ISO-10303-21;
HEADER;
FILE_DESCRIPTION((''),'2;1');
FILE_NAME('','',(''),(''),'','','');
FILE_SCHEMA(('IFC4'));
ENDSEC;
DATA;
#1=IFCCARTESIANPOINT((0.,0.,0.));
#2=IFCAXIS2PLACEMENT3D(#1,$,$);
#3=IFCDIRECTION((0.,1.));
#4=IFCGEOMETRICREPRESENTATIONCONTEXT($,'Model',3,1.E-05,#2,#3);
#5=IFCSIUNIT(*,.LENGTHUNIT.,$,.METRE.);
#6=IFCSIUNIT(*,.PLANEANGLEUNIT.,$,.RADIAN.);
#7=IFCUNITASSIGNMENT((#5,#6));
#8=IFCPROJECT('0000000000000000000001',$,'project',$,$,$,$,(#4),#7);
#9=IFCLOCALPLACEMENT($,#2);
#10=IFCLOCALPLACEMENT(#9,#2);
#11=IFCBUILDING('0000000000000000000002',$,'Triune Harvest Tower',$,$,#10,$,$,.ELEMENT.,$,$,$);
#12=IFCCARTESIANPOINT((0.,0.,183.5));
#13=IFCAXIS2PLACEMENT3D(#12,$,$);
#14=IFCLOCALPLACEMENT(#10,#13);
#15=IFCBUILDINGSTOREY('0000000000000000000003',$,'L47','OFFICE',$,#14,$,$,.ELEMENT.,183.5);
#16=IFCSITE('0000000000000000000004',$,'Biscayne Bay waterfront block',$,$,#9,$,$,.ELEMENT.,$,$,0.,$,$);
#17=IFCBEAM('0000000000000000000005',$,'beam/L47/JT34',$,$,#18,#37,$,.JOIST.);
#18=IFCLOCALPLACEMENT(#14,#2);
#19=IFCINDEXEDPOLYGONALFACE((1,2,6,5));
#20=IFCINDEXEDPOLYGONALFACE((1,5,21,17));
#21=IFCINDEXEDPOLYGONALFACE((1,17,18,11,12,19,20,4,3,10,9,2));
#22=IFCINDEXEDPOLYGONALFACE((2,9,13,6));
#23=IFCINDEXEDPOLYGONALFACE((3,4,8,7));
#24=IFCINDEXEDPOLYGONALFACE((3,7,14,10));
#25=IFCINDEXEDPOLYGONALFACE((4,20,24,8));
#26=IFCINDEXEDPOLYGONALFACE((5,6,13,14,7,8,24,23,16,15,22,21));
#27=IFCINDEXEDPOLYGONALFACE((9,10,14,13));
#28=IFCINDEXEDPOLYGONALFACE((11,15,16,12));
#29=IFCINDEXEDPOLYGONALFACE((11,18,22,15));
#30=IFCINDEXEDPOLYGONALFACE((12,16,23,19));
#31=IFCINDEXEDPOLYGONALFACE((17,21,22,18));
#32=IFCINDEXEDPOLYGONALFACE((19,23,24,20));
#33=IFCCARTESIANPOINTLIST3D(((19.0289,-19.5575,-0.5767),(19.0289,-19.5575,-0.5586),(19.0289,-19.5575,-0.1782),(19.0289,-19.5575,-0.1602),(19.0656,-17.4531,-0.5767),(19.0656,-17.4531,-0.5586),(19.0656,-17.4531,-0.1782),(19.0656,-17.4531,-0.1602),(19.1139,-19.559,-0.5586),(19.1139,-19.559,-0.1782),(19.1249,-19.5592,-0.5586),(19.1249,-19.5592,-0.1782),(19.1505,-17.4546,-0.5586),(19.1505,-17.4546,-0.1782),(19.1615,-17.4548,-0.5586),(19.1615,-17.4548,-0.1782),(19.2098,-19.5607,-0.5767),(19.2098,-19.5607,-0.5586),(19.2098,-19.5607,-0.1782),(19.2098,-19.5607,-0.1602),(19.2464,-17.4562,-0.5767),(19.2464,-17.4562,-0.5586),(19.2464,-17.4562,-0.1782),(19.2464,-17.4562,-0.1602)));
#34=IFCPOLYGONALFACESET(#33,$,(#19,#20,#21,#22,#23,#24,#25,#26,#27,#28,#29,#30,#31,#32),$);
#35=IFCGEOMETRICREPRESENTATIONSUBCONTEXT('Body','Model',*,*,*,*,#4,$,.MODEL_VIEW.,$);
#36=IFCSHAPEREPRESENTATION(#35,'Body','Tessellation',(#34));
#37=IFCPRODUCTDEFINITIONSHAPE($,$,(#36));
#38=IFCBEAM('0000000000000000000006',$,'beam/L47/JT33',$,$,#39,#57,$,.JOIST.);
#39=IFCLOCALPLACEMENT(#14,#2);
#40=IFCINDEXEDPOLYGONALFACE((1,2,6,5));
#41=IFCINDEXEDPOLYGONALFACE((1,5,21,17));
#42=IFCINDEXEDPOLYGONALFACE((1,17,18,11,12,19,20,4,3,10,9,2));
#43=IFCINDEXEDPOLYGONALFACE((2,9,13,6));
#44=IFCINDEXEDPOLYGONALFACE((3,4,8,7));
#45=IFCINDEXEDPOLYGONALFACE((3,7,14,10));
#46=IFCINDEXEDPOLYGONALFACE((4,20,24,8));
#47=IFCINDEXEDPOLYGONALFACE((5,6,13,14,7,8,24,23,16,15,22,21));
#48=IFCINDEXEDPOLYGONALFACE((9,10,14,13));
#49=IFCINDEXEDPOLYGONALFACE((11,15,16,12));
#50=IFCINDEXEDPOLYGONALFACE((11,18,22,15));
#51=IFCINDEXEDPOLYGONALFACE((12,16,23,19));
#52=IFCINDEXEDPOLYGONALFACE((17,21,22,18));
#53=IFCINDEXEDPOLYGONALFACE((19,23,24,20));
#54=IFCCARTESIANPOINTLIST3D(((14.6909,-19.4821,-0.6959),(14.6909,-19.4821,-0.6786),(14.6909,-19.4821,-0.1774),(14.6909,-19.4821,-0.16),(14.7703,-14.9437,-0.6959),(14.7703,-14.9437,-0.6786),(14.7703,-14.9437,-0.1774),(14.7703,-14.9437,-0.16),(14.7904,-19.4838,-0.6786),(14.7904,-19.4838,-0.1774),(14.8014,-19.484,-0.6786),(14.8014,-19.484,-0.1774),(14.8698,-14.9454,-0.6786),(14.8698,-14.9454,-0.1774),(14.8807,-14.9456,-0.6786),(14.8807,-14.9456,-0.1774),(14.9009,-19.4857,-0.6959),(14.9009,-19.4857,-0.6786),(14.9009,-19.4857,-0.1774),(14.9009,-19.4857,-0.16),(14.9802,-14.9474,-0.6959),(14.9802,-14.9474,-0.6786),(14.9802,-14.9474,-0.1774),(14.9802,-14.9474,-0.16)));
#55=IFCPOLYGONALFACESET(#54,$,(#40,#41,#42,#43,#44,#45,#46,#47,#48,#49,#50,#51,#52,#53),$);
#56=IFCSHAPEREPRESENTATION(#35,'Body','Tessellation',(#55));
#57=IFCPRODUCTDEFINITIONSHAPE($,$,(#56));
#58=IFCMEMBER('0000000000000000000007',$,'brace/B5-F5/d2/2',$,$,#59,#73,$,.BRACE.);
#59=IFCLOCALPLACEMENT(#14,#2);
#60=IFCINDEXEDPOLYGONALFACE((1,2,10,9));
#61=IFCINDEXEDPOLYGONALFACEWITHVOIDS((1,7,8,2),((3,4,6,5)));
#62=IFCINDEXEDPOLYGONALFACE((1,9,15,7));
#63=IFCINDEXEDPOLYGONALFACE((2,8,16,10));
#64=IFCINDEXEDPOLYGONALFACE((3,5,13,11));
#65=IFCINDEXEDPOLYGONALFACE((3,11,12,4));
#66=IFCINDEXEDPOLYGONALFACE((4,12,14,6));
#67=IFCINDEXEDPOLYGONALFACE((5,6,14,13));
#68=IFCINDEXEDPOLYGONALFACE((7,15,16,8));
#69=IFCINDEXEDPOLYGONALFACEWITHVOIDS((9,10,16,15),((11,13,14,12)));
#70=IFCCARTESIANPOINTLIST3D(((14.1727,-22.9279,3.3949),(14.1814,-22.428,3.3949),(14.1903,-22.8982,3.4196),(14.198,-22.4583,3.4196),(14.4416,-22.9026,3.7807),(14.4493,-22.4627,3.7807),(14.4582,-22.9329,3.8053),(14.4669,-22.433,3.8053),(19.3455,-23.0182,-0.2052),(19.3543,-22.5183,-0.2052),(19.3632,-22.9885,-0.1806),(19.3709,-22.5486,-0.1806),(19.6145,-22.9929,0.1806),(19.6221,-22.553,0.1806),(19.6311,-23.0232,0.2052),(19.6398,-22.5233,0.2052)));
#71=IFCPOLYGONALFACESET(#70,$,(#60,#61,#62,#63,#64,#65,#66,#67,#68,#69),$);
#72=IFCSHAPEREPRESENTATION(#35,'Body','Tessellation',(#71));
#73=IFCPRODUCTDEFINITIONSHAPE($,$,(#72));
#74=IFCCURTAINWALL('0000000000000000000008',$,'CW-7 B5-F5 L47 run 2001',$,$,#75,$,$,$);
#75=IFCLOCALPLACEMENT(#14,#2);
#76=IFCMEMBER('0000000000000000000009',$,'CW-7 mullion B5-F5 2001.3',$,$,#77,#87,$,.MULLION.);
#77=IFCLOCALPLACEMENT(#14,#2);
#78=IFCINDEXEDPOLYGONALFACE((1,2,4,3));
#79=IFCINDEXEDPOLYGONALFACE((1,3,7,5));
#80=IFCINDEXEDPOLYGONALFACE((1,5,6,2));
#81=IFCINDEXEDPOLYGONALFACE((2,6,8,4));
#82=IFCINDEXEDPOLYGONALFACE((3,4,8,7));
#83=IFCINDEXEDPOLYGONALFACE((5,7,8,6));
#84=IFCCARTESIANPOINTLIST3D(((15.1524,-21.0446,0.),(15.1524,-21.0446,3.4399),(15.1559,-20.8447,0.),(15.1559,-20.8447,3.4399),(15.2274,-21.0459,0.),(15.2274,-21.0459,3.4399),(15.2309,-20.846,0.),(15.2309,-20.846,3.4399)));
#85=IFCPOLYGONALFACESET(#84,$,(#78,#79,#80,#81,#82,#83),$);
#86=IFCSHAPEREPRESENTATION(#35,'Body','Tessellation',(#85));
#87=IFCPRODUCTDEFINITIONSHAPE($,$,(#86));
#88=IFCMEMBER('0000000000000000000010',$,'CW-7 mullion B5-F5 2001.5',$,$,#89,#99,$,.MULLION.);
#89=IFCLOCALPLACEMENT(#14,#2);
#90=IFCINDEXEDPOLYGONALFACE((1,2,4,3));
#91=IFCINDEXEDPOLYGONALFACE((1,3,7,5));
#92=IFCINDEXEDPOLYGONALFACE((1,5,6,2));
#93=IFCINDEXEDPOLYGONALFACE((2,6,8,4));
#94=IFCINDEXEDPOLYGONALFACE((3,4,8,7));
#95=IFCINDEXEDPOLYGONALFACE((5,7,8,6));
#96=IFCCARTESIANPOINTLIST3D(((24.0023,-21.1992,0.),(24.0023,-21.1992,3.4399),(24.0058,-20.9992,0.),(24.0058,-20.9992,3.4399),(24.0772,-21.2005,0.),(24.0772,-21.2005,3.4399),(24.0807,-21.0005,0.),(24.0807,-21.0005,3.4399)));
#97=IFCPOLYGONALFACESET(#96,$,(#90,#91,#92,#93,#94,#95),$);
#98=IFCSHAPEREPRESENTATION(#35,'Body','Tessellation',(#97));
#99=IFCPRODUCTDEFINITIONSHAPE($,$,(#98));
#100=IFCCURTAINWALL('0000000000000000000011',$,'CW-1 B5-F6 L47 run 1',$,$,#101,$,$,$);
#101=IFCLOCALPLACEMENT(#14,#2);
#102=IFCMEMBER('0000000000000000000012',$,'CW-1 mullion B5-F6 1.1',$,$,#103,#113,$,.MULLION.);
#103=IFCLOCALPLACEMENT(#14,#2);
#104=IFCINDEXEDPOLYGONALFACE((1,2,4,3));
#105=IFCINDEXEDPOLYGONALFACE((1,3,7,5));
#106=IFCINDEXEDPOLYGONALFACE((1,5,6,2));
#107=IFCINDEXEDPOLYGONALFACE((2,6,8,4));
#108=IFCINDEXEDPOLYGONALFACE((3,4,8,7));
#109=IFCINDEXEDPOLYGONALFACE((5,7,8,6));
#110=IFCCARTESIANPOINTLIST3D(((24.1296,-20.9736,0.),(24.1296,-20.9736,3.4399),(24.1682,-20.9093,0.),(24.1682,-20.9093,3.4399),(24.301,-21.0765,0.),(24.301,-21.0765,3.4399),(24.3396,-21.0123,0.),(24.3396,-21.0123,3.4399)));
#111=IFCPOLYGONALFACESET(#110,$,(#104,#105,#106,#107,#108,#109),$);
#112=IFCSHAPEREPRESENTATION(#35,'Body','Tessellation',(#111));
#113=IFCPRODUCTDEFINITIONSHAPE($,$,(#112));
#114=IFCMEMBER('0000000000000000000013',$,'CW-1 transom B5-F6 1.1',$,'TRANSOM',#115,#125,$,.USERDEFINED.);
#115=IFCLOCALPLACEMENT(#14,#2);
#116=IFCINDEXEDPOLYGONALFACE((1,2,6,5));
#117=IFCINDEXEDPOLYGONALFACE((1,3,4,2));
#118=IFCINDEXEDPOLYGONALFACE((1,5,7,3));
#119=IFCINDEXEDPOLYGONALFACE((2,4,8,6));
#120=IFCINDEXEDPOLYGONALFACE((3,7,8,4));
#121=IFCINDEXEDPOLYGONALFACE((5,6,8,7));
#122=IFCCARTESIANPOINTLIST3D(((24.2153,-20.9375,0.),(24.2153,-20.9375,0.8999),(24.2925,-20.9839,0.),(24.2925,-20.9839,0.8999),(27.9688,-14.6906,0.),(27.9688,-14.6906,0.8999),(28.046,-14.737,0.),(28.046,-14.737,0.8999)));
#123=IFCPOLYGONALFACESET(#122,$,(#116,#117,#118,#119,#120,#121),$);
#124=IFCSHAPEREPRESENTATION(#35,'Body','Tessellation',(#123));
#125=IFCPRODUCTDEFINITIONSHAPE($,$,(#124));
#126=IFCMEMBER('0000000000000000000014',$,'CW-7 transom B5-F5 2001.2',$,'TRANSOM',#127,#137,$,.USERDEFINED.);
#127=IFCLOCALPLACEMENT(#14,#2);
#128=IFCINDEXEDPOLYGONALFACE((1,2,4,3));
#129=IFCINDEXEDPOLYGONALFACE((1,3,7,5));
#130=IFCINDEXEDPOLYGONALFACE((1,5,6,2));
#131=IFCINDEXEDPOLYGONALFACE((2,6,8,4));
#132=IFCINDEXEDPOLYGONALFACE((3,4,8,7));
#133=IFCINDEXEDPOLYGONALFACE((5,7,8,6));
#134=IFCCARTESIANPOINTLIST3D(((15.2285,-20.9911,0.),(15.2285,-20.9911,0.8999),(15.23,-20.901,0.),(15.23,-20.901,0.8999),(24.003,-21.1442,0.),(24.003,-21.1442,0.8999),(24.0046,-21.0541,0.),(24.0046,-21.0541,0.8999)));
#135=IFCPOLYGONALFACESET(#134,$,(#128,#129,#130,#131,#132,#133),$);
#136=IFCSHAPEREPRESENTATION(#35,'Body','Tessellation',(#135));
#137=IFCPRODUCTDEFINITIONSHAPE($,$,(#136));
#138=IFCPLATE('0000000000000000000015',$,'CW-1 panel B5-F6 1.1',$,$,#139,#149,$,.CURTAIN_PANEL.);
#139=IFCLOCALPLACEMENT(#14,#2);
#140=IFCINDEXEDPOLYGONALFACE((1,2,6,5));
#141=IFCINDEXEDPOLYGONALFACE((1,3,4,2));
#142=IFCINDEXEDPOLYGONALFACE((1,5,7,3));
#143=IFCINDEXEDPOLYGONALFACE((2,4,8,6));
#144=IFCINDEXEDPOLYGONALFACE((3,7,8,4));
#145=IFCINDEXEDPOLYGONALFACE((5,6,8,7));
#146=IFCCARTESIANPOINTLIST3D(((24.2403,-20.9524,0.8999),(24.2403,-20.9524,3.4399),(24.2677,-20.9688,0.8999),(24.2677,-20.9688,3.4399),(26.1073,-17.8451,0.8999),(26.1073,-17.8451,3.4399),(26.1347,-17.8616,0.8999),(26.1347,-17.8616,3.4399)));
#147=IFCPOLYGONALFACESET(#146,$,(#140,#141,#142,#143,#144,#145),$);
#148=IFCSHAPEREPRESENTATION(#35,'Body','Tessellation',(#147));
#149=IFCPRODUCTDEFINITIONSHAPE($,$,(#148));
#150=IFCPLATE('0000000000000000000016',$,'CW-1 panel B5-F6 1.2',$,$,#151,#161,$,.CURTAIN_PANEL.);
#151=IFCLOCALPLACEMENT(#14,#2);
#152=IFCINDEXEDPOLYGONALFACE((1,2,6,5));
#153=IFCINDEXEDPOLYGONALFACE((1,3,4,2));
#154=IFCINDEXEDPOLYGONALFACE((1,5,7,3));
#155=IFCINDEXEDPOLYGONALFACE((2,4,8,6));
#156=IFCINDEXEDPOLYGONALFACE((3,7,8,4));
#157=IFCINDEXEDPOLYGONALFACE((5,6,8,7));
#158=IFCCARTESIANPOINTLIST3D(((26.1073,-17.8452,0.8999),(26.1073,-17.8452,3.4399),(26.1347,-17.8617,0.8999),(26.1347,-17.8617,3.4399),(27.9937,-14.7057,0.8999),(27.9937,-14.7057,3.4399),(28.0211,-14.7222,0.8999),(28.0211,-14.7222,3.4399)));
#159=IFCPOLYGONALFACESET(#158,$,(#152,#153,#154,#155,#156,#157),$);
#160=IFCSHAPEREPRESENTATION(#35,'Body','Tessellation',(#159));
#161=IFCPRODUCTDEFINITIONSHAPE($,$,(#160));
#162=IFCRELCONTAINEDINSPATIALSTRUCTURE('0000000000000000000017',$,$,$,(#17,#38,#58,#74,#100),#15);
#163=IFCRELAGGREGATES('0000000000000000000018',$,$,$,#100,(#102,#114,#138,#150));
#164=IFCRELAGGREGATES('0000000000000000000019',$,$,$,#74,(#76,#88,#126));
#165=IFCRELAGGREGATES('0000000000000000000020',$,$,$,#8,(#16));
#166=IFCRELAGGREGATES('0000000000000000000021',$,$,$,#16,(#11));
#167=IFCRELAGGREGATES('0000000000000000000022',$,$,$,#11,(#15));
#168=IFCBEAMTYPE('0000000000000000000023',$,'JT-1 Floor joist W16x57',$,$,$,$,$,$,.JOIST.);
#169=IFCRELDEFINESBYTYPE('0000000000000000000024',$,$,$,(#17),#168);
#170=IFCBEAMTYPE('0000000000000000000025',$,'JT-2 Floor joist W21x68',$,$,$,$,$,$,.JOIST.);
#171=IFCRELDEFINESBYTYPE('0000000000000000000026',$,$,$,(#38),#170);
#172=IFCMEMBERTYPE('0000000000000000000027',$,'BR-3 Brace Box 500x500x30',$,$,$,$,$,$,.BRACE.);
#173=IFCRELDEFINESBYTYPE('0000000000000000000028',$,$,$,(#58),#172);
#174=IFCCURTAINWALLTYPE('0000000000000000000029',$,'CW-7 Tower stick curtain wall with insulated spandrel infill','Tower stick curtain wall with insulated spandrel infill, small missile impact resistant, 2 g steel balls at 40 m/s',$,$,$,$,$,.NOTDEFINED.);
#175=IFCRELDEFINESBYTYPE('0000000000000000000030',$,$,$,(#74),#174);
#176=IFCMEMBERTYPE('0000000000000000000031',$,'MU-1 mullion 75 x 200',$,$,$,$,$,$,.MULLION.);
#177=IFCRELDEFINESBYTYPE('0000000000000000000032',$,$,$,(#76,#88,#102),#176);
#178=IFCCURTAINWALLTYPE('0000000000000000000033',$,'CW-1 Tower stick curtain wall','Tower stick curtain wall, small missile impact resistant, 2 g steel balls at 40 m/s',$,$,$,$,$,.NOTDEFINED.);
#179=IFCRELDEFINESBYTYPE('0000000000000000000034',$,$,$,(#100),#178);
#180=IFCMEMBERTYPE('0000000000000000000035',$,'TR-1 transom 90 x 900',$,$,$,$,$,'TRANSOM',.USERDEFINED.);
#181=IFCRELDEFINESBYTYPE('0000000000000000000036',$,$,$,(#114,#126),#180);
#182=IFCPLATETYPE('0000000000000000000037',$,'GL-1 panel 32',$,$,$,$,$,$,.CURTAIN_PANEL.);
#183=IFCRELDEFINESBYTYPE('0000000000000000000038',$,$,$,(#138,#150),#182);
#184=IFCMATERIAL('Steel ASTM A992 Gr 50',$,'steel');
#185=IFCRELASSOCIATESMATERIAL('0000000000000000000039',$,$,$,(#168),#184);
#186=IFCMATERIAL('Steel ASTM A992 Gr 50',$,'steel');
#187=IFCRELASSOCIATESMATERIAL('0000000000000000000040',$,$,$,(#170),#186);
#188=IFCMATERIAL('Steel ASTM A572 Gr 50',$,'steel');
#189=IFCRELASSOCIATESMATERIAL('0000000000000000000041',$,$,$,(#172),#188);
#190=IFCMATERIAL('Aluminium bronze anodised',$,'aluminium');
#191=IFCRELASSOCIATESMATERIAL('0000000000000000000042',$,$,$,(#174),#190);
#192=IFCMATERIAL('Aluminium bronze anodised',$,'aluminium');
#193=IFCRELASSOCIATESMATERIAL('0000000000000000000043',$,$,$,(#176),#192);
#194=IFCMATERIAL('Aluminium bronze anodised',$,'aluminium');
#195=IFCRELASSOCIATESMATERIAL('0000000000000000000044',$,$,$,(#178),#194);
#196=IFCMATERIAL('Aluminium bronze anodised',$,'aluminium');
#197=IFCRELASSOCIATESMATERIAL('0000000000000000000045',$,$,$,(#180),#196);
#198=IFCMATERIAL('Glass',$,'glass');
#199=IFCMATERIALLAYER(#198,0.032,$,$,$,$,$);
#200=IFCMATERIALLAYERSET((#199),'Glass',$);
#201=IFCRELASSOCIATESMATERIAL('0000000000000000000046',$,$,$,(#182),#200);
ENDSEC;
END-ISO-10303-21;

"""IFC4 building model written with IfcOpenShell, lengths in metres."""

from ifc_helpers import new_model, si_unit, direction, frame, origin, origin_2d, place, context, subcontext, project, spatial, rectangle, hollow_rectangle, i_section, extrude, source, transform, mapped, material, layer, layer_set, material_profile, profile_set, type_object, element, aggregate, save


model = new_model("IFC4")

# Units and contexts
model_context = context("Model", 3, precision=1e-05, world=origin(), true_north=direction((0.0, 1.0)))
body_context = subcontext(model_context, "Body", "Model", "MODEL_VIEW")
ifc_project = project(units=[si_unit("LENGTHUNIT", "METRE"), si_unit("PLANEANGLEUNIT", "RADIAN")], contexts=[model_context])

# Site, building, storey
site_placement = place(None, origin())
site = spatial("IfcSite", under=ifc_project, at=site_placement, Name="Biscayne Bay waterfront block", CompositionType="ELEMENT", RefElevation=0.0)
building_placement = place(site_placement, origin())
building = spatial("IfcBuilding", under=site, at=building_placement, Name="Triune Harvest Tower", CompositionType="ELEMENT")
storey_placement = place(building_placement, frame((0.0, 0.0, 183.5)))
storey = spatial("IfcBuildingStorey", under=building, at=storey_placement, Name="L47", Description="OFFICE", CompositionType="ELEMENT", Elevation=183.5)

# Beams
ifc_material_1 = material(Name="Steel ASTM A992 Gr 50", Category="steel")
ifc_material_profile_1 = material_profile(ifc_material_1, i_section(OverallWidth=0.1809, OverallDepth=0.4165, WebThickness=0.011, FlangeThickness=0.0181, at=origin_2d()), Name="W16x57")
ifc_profile_set_1 = profile_set([ifc_material_profile_1], Name="Steel ASTM A992 Gr 50")
beam_type_1 = type_object("IfcBeamType", Name="JT-1 Floor joist W16x57", PredefinedType="JOIST", material=ifc_profile_set_1)
shared_shape_1 = source(origin(), body_context, "Body", "SweptSolid", [
    extrude(i_section(OverallWidth=0.1809, OverallDepth=0.4165, WebThickness=0.011, FlangeThickness=0.0181, at=origin_2d()), origin(), (0.0, 0.0, 1.0), 2.1047),
])
beam_1_placement = place(storey_placement, frame((19.1194, -19.5591, -0.3684), z_axis=(0.017399, 0.999849, 0.0), x_axis=(-0.999849, 0.017399, 0.0)))
element("IfcBeam", 1, at=beam_1_placement, inside=storey, type_object=beam_type_1, Name="beam/L47/JT34", PredefinedType="JOIST", context=body_context, shape_type="MappedRepresentation", body=[
    mapped(shared_shape_1, transform((0.0, 0.0, 0.0), scale=1.0)),
])
ifc_material_2 = material(Name="Steel ASTM A992 Gr 50", Category="steel")
ifc_material_profile_2 = material_profile(ifc_material_2, i_section(OverallWidth=0.21, OverallDepth=0.5359, WebThickness=0.011, FlangeThickness=0.0173, at=origin_2d()), Name="W21x68")
ifc_profile_set_2 = profile_set([ifc_material_profile_2], Name="Steel ASTM A992 Gr 50")
beam_type_2 = type_object("IfcBeamType", Name="JT-2 Floor joist W21x68", PredefinedType="JOIST", material=ifc_profile_set_2)
shared_shape_2 = source(origin(), body_context, "Body", "SweptSolid", [
    extrude(i_section(OverallWidth=0.21, OverallDepth=0.5359, WebThickness=0.011, FlangeThickness=0.0173, at=origin_2d()), origin(), (0.0, 0.0, 1.0), 4.5391),
])
beam_2_placement = place(storey_placement, frame((14.7959, -19.4839, -0.428), z_axis=(0.017481, 0.999847, 0.0), x_axis=(-0.999847, 0.017481, 0.0)))
element("IfcBeam", 2, at=beam_2_placement, inside=storey, type_object=beam_type_2, Name="beam/L47/JT33", PredefinedType="JOIST", context=body_context, shape_type="MappedRepresentation", body=[
    mapped(shared_shape_2, transform((0.0, 0.0, 0.0), scale=1.0)),
])

# Member
ifc_material_3 = material(Name="Steel ASTM A572 Gr 50", Category="steel")
ifc_material_profile_3 = material_profile(ifc_material_3, hollow_rectangle(XDim=0.5, YDim=0.5, WallThickness=0.03, at=origin_2d()), Name="Box 500x500x30")
ifc_profile_set_3 = profile_set([ifc_material_profile_3], Name="Steel ASTM A572 Gr 50")
member_type_1 = type_object("IfcMemberType", Name="BR-3 Brace Box 500x500x30", PredefinedType="BRACE", material=ifc_profile_set_3)
shared_shape_3 = source(origin(), body_context, "Body", "SweptSolid", [
    extrude(hollow_rectangle(XDim=0.5, YDim=0.5, WallThickness=0.03, at=origin_2d()), origin(), (0.0, 0.0, 1.0), 6.303),
])
member_1_placement = place(storey_placement, frame((19.4927, -22.7708, 0.0), z_axis=(-0.820702, 0.014332, 0.571176), x_axis=(-0.01746, -0.999848, 0.0)))
element("IfcMember", 3, at=member_1_placement, inside=storey, type_object=member_type_1, Name="brace/B5-F5/d2/2", PredefinedType="BRACE", context=body_context, shape_type="MappedRepresentation", body=[
    mapped(shared_shape_3, transform((0.0, 0.0, 0.0), scale=1.0)),
])

# Curtain walls, members
ifc_material_4 = material(Name="Aluminium bronze anodised", Category="aluminium")
curtain_wall_type_1 = type_object("IfcCurtainWallType", Name="CW-7 Tower stick curtain wall with insulated spandrel infill", Description="Tower stick curtain wall with insulated spandrel infill, small missile impact resistant, 2 g steel balls at 40 m/s", PredefinedType="NOTDEFINED", material=ifc_material_4)
curtain_wall_1_placement = place(storey_placement, origin())
curtain_wall_1 = element("IfcCurtainWall", 4, at=curtain_wall_1_placement, inside=storey, type_object=curtain_wall_type_1, Name="CW-7 B5-F5 L47 run 2001")
ifc_material_5 = material(Name="Aluminium bronze anodised", Category="aluminium")
ifc_material_profile_4 = material_profile(ifc_material_5, rectangle(XDim=0.2, YDim=0.075, at=origin_2d()), Name="MU-1 mullion 75 x 200")
ifc_profile_set_4 = profile_set([ifc_material_profile_4], Name="Aluminium bronze anodised")
member_type_2 = type_object("IfcMemberType", Name="MU-1 mullion 75 x 200", PredefinedType="MULLION", material=ifc_profile_set_4)
shared_shape_4 = source(origin(), body_context, "Body", "SweptSolid", [
    extrude(rectangle(XDim=0.2, YDim=0.075, at=origin_2d()), origin(), (0.0, 0.0, 1.0), 3.4399),
])
member_2_placement = place(storey_placement, frame((15.1917, -20.9453, 0.0), z_axis=(0.0, 0.0, 1.0), x_axis=(0.017451, 0.999848, 0.0)))
member_2 = element("IfcMember", 5, at=member_2_placement, type_object=member_type_2, Name="CW-7 mullion B5-F5 2001.3", PredefinedType="MULLION", context=body_context, shape_type="MappedRepresentation", body=[
    mapped(shared_shape_4, transform((0.0, 0.0, 0.0), scale=1.0)),
])
member_3_placement = place(storey_placement, frame((24.0415, -21.0999, 0.0), z_axis=(0.0, 0.0, 1.0), x_axis=(0.017451, 0.999848, 0.0)))
member_3 = element("IfcMember", 6, at=member_3_placement, type_object=member_type_2, Name="CW-7 mullion B5-F5 2001.5", PredefinedType="MULLION", context=body_context, shape_type="MappedRepresentation", body=[
    mapped(shared_shape_4, transform((0.0, 0.0, 0.0), scale=1.0)),
])
ifc_material_6 = material(Name="Aluminium bronze anodised", Category="aluminium")
curtain_wall_type_2 = type_object("IfcCurtainWallType", Name="CW-1 Tower stick curtain wall", Description="Tower stick curtain wall, small missile impact resistant, 2 g steel balls at 40 m/s", PredefinedType="NOTDEFINED", material=ifc_material_6)
curtain_wall_2_placement = place(storey_placement, origin())
curtain_wall_2 = element("IfcCurtainWall", 7, at=curtain_wall_2_placement, inside=storey, type_object=curtain_wall_type_2, Name="CW-1 B5-F6 L47 run 1")
member_4_placement = place(storey_placement, frame((24.2346, -20.9929, 0.0), z_axis=(0.0, 0.0, 1.0), x_axis=(-0.857168, 0.515037, 0.0)))
member_4 = element("IfcMember", 8, at=member_4_placement, type_object=member_type_2, Name="CW-1 mullion B5-F6 1.1", PredefinedType="MULLION", context=body_context, shape_type="MappedRepresentation", body=[
    mapped(shared_shape_4, transform((0.0, 0.0, 0.0), scale=1.0)),
])
ifc_material_7 = material(Name="Aluminium bronze anodised", Category="aluminium")
ifc_material_profile_5 = material_profile(ifc_material_7, rectangle(XDim=0.0901, YDim=0.8999, at=origin_2d()), Name="TR-1 transom 90 x 900")
ifc_profile_set_5 = profile_set([ifc_material_profile_5], Name="Aluminium bronze anodised")
member_type_3 = type_object("IfcMemberType", Name="TR-1 transom 90 x 900", ElementType="TRANSOM", PredefinedType="USERDEFINED", material=ifc_profile_set_5)
shared_shape_5 = source(origin(), body_context, "Body", "SweptSolid", [
    extrude(rectangle(XDim=0.0901, YDim=0.8999, at=origin_2d()), origin(), (0.0, 0.0, 1.0), 7.2878),
])
member_5_placement = place(storey_placement, frame((24.2539, -20.9607, 0.45), z_axis=(0.515033, 0.857171, 0.0), x_axis=(-0.857171, 0.515033, 0.0)))
member_5 = element("IfcMember", 9, at=member_5_placement, type_object=member_type_3, Name="CW-1 transom B5-F6 1.1", ObjectType="TRANSOM", PredefinedType="USERDEFINED", context=body_context, shape_type="MappedRepresentation", body=[
    mapped(shared_shape_5, transform((0.0, 0.0, 0.0), scale=1.0)),
])

# Member
shared_shape_6 = source(origin(), body_context, "Body", "SweptSolid", [
    extrude(rectangle(XDim=0.0901, YDim=0.8999, at=origin_2d()), origin(), (0.0, 0.0, 1.0), 8.7759),
])
member_6_placement = place(storey_placement, frame((15.2292, -20.946, 0.45), z_axis=(0.999848, -0.017443, 0.0), x_axis=(0.017443, 0.999848, 0.0)))
member_6 = element("IfcMember", 10, at=member_6_placement, type_object=member_type_3, Name="CW-7 transom B5-F5 2001.2", ObjectType="TRANSOM", PredefinedType="USERDEFINED", context=body_context, shape_type="MappedRepresentation", body=[
    mapped(shared_shape_6, transform((0.0, 0.0, 0.0), scale=1.0)),
])

# Plates
ifc_material_8 = material(Name="Glass", Category="glass")
ifc_layer_1 = layer(ifc_material_8, 0.032)
ifc_layer_set_1 = layer_set([ifc_layer_1], Name="Glass")
plate_type_1 = type_object("IfcPlateType", Name="GL-1 panel 32", PredefinedType="CURTAIN_PANEL", material=ifc_layer_set_1)
shared_shape_7 = source(origin(), body_context, "Body", "SweptSolid", [
    extrude(rectangle(XDim=3.625, YDim=0.032, at=origin_2d()), origin(), (0.0, 0.0, 1.0), 2.54),
])
plate_1_placement = place(storey_placement, frame((25.1875, -19.407, 0.8999), z_axis=(0.0, 0.0, 1.0), x_axis=(0.515037, 0.857168, 0.0)))
plate_1 = element("IfcPlate", 11, at=plate_1_placement, type_object=plate_type_1, Name="CW-1 panel B5-F6 1.1", PredefinedType="CURTAIN_PANEL", context=body_context, shape_type="MappedRepresentation", body=[
    mapped(shared_shape_7, transform((0.0, 0.0, 0.0), scale=1.0)),
])
shared_shape_8 = source(origin(), body_context, "Body", "SweptSolid", [
    extrude(rectangle(XDim=3.6626, YDim=0.032, at=origin_2d()), origin(), (0.0, 0.0, 1.0), 2.54),
])
plate_2_placement = place(storey_placement, frame((27.0642, -16.2837, 0.8999), z_axis=(0.0, 0.0, 1.0), x_axis=(0.515037, 0.857168, 0.0)))
plate_2 = element("IfcPlate", 12, at=plate_2_placement, type_object=plate_type_1, Name="CW-1 panel B5-F6 1.2", PredefinedType="CURTAIN_PANEL", context=body_context, shape_type="MappedRepresentation", body=[
    mapped(shared_shape_8, transform((0.0, 0.0, 0.0), scale=1.0)),
])
aggregate(curtain_wall_2, [member_4, member_5, plate_1, plate_2])
aggregate(curtain_wall_1, [member_2, member_3, member_6])

save(model, "model.ifc")
